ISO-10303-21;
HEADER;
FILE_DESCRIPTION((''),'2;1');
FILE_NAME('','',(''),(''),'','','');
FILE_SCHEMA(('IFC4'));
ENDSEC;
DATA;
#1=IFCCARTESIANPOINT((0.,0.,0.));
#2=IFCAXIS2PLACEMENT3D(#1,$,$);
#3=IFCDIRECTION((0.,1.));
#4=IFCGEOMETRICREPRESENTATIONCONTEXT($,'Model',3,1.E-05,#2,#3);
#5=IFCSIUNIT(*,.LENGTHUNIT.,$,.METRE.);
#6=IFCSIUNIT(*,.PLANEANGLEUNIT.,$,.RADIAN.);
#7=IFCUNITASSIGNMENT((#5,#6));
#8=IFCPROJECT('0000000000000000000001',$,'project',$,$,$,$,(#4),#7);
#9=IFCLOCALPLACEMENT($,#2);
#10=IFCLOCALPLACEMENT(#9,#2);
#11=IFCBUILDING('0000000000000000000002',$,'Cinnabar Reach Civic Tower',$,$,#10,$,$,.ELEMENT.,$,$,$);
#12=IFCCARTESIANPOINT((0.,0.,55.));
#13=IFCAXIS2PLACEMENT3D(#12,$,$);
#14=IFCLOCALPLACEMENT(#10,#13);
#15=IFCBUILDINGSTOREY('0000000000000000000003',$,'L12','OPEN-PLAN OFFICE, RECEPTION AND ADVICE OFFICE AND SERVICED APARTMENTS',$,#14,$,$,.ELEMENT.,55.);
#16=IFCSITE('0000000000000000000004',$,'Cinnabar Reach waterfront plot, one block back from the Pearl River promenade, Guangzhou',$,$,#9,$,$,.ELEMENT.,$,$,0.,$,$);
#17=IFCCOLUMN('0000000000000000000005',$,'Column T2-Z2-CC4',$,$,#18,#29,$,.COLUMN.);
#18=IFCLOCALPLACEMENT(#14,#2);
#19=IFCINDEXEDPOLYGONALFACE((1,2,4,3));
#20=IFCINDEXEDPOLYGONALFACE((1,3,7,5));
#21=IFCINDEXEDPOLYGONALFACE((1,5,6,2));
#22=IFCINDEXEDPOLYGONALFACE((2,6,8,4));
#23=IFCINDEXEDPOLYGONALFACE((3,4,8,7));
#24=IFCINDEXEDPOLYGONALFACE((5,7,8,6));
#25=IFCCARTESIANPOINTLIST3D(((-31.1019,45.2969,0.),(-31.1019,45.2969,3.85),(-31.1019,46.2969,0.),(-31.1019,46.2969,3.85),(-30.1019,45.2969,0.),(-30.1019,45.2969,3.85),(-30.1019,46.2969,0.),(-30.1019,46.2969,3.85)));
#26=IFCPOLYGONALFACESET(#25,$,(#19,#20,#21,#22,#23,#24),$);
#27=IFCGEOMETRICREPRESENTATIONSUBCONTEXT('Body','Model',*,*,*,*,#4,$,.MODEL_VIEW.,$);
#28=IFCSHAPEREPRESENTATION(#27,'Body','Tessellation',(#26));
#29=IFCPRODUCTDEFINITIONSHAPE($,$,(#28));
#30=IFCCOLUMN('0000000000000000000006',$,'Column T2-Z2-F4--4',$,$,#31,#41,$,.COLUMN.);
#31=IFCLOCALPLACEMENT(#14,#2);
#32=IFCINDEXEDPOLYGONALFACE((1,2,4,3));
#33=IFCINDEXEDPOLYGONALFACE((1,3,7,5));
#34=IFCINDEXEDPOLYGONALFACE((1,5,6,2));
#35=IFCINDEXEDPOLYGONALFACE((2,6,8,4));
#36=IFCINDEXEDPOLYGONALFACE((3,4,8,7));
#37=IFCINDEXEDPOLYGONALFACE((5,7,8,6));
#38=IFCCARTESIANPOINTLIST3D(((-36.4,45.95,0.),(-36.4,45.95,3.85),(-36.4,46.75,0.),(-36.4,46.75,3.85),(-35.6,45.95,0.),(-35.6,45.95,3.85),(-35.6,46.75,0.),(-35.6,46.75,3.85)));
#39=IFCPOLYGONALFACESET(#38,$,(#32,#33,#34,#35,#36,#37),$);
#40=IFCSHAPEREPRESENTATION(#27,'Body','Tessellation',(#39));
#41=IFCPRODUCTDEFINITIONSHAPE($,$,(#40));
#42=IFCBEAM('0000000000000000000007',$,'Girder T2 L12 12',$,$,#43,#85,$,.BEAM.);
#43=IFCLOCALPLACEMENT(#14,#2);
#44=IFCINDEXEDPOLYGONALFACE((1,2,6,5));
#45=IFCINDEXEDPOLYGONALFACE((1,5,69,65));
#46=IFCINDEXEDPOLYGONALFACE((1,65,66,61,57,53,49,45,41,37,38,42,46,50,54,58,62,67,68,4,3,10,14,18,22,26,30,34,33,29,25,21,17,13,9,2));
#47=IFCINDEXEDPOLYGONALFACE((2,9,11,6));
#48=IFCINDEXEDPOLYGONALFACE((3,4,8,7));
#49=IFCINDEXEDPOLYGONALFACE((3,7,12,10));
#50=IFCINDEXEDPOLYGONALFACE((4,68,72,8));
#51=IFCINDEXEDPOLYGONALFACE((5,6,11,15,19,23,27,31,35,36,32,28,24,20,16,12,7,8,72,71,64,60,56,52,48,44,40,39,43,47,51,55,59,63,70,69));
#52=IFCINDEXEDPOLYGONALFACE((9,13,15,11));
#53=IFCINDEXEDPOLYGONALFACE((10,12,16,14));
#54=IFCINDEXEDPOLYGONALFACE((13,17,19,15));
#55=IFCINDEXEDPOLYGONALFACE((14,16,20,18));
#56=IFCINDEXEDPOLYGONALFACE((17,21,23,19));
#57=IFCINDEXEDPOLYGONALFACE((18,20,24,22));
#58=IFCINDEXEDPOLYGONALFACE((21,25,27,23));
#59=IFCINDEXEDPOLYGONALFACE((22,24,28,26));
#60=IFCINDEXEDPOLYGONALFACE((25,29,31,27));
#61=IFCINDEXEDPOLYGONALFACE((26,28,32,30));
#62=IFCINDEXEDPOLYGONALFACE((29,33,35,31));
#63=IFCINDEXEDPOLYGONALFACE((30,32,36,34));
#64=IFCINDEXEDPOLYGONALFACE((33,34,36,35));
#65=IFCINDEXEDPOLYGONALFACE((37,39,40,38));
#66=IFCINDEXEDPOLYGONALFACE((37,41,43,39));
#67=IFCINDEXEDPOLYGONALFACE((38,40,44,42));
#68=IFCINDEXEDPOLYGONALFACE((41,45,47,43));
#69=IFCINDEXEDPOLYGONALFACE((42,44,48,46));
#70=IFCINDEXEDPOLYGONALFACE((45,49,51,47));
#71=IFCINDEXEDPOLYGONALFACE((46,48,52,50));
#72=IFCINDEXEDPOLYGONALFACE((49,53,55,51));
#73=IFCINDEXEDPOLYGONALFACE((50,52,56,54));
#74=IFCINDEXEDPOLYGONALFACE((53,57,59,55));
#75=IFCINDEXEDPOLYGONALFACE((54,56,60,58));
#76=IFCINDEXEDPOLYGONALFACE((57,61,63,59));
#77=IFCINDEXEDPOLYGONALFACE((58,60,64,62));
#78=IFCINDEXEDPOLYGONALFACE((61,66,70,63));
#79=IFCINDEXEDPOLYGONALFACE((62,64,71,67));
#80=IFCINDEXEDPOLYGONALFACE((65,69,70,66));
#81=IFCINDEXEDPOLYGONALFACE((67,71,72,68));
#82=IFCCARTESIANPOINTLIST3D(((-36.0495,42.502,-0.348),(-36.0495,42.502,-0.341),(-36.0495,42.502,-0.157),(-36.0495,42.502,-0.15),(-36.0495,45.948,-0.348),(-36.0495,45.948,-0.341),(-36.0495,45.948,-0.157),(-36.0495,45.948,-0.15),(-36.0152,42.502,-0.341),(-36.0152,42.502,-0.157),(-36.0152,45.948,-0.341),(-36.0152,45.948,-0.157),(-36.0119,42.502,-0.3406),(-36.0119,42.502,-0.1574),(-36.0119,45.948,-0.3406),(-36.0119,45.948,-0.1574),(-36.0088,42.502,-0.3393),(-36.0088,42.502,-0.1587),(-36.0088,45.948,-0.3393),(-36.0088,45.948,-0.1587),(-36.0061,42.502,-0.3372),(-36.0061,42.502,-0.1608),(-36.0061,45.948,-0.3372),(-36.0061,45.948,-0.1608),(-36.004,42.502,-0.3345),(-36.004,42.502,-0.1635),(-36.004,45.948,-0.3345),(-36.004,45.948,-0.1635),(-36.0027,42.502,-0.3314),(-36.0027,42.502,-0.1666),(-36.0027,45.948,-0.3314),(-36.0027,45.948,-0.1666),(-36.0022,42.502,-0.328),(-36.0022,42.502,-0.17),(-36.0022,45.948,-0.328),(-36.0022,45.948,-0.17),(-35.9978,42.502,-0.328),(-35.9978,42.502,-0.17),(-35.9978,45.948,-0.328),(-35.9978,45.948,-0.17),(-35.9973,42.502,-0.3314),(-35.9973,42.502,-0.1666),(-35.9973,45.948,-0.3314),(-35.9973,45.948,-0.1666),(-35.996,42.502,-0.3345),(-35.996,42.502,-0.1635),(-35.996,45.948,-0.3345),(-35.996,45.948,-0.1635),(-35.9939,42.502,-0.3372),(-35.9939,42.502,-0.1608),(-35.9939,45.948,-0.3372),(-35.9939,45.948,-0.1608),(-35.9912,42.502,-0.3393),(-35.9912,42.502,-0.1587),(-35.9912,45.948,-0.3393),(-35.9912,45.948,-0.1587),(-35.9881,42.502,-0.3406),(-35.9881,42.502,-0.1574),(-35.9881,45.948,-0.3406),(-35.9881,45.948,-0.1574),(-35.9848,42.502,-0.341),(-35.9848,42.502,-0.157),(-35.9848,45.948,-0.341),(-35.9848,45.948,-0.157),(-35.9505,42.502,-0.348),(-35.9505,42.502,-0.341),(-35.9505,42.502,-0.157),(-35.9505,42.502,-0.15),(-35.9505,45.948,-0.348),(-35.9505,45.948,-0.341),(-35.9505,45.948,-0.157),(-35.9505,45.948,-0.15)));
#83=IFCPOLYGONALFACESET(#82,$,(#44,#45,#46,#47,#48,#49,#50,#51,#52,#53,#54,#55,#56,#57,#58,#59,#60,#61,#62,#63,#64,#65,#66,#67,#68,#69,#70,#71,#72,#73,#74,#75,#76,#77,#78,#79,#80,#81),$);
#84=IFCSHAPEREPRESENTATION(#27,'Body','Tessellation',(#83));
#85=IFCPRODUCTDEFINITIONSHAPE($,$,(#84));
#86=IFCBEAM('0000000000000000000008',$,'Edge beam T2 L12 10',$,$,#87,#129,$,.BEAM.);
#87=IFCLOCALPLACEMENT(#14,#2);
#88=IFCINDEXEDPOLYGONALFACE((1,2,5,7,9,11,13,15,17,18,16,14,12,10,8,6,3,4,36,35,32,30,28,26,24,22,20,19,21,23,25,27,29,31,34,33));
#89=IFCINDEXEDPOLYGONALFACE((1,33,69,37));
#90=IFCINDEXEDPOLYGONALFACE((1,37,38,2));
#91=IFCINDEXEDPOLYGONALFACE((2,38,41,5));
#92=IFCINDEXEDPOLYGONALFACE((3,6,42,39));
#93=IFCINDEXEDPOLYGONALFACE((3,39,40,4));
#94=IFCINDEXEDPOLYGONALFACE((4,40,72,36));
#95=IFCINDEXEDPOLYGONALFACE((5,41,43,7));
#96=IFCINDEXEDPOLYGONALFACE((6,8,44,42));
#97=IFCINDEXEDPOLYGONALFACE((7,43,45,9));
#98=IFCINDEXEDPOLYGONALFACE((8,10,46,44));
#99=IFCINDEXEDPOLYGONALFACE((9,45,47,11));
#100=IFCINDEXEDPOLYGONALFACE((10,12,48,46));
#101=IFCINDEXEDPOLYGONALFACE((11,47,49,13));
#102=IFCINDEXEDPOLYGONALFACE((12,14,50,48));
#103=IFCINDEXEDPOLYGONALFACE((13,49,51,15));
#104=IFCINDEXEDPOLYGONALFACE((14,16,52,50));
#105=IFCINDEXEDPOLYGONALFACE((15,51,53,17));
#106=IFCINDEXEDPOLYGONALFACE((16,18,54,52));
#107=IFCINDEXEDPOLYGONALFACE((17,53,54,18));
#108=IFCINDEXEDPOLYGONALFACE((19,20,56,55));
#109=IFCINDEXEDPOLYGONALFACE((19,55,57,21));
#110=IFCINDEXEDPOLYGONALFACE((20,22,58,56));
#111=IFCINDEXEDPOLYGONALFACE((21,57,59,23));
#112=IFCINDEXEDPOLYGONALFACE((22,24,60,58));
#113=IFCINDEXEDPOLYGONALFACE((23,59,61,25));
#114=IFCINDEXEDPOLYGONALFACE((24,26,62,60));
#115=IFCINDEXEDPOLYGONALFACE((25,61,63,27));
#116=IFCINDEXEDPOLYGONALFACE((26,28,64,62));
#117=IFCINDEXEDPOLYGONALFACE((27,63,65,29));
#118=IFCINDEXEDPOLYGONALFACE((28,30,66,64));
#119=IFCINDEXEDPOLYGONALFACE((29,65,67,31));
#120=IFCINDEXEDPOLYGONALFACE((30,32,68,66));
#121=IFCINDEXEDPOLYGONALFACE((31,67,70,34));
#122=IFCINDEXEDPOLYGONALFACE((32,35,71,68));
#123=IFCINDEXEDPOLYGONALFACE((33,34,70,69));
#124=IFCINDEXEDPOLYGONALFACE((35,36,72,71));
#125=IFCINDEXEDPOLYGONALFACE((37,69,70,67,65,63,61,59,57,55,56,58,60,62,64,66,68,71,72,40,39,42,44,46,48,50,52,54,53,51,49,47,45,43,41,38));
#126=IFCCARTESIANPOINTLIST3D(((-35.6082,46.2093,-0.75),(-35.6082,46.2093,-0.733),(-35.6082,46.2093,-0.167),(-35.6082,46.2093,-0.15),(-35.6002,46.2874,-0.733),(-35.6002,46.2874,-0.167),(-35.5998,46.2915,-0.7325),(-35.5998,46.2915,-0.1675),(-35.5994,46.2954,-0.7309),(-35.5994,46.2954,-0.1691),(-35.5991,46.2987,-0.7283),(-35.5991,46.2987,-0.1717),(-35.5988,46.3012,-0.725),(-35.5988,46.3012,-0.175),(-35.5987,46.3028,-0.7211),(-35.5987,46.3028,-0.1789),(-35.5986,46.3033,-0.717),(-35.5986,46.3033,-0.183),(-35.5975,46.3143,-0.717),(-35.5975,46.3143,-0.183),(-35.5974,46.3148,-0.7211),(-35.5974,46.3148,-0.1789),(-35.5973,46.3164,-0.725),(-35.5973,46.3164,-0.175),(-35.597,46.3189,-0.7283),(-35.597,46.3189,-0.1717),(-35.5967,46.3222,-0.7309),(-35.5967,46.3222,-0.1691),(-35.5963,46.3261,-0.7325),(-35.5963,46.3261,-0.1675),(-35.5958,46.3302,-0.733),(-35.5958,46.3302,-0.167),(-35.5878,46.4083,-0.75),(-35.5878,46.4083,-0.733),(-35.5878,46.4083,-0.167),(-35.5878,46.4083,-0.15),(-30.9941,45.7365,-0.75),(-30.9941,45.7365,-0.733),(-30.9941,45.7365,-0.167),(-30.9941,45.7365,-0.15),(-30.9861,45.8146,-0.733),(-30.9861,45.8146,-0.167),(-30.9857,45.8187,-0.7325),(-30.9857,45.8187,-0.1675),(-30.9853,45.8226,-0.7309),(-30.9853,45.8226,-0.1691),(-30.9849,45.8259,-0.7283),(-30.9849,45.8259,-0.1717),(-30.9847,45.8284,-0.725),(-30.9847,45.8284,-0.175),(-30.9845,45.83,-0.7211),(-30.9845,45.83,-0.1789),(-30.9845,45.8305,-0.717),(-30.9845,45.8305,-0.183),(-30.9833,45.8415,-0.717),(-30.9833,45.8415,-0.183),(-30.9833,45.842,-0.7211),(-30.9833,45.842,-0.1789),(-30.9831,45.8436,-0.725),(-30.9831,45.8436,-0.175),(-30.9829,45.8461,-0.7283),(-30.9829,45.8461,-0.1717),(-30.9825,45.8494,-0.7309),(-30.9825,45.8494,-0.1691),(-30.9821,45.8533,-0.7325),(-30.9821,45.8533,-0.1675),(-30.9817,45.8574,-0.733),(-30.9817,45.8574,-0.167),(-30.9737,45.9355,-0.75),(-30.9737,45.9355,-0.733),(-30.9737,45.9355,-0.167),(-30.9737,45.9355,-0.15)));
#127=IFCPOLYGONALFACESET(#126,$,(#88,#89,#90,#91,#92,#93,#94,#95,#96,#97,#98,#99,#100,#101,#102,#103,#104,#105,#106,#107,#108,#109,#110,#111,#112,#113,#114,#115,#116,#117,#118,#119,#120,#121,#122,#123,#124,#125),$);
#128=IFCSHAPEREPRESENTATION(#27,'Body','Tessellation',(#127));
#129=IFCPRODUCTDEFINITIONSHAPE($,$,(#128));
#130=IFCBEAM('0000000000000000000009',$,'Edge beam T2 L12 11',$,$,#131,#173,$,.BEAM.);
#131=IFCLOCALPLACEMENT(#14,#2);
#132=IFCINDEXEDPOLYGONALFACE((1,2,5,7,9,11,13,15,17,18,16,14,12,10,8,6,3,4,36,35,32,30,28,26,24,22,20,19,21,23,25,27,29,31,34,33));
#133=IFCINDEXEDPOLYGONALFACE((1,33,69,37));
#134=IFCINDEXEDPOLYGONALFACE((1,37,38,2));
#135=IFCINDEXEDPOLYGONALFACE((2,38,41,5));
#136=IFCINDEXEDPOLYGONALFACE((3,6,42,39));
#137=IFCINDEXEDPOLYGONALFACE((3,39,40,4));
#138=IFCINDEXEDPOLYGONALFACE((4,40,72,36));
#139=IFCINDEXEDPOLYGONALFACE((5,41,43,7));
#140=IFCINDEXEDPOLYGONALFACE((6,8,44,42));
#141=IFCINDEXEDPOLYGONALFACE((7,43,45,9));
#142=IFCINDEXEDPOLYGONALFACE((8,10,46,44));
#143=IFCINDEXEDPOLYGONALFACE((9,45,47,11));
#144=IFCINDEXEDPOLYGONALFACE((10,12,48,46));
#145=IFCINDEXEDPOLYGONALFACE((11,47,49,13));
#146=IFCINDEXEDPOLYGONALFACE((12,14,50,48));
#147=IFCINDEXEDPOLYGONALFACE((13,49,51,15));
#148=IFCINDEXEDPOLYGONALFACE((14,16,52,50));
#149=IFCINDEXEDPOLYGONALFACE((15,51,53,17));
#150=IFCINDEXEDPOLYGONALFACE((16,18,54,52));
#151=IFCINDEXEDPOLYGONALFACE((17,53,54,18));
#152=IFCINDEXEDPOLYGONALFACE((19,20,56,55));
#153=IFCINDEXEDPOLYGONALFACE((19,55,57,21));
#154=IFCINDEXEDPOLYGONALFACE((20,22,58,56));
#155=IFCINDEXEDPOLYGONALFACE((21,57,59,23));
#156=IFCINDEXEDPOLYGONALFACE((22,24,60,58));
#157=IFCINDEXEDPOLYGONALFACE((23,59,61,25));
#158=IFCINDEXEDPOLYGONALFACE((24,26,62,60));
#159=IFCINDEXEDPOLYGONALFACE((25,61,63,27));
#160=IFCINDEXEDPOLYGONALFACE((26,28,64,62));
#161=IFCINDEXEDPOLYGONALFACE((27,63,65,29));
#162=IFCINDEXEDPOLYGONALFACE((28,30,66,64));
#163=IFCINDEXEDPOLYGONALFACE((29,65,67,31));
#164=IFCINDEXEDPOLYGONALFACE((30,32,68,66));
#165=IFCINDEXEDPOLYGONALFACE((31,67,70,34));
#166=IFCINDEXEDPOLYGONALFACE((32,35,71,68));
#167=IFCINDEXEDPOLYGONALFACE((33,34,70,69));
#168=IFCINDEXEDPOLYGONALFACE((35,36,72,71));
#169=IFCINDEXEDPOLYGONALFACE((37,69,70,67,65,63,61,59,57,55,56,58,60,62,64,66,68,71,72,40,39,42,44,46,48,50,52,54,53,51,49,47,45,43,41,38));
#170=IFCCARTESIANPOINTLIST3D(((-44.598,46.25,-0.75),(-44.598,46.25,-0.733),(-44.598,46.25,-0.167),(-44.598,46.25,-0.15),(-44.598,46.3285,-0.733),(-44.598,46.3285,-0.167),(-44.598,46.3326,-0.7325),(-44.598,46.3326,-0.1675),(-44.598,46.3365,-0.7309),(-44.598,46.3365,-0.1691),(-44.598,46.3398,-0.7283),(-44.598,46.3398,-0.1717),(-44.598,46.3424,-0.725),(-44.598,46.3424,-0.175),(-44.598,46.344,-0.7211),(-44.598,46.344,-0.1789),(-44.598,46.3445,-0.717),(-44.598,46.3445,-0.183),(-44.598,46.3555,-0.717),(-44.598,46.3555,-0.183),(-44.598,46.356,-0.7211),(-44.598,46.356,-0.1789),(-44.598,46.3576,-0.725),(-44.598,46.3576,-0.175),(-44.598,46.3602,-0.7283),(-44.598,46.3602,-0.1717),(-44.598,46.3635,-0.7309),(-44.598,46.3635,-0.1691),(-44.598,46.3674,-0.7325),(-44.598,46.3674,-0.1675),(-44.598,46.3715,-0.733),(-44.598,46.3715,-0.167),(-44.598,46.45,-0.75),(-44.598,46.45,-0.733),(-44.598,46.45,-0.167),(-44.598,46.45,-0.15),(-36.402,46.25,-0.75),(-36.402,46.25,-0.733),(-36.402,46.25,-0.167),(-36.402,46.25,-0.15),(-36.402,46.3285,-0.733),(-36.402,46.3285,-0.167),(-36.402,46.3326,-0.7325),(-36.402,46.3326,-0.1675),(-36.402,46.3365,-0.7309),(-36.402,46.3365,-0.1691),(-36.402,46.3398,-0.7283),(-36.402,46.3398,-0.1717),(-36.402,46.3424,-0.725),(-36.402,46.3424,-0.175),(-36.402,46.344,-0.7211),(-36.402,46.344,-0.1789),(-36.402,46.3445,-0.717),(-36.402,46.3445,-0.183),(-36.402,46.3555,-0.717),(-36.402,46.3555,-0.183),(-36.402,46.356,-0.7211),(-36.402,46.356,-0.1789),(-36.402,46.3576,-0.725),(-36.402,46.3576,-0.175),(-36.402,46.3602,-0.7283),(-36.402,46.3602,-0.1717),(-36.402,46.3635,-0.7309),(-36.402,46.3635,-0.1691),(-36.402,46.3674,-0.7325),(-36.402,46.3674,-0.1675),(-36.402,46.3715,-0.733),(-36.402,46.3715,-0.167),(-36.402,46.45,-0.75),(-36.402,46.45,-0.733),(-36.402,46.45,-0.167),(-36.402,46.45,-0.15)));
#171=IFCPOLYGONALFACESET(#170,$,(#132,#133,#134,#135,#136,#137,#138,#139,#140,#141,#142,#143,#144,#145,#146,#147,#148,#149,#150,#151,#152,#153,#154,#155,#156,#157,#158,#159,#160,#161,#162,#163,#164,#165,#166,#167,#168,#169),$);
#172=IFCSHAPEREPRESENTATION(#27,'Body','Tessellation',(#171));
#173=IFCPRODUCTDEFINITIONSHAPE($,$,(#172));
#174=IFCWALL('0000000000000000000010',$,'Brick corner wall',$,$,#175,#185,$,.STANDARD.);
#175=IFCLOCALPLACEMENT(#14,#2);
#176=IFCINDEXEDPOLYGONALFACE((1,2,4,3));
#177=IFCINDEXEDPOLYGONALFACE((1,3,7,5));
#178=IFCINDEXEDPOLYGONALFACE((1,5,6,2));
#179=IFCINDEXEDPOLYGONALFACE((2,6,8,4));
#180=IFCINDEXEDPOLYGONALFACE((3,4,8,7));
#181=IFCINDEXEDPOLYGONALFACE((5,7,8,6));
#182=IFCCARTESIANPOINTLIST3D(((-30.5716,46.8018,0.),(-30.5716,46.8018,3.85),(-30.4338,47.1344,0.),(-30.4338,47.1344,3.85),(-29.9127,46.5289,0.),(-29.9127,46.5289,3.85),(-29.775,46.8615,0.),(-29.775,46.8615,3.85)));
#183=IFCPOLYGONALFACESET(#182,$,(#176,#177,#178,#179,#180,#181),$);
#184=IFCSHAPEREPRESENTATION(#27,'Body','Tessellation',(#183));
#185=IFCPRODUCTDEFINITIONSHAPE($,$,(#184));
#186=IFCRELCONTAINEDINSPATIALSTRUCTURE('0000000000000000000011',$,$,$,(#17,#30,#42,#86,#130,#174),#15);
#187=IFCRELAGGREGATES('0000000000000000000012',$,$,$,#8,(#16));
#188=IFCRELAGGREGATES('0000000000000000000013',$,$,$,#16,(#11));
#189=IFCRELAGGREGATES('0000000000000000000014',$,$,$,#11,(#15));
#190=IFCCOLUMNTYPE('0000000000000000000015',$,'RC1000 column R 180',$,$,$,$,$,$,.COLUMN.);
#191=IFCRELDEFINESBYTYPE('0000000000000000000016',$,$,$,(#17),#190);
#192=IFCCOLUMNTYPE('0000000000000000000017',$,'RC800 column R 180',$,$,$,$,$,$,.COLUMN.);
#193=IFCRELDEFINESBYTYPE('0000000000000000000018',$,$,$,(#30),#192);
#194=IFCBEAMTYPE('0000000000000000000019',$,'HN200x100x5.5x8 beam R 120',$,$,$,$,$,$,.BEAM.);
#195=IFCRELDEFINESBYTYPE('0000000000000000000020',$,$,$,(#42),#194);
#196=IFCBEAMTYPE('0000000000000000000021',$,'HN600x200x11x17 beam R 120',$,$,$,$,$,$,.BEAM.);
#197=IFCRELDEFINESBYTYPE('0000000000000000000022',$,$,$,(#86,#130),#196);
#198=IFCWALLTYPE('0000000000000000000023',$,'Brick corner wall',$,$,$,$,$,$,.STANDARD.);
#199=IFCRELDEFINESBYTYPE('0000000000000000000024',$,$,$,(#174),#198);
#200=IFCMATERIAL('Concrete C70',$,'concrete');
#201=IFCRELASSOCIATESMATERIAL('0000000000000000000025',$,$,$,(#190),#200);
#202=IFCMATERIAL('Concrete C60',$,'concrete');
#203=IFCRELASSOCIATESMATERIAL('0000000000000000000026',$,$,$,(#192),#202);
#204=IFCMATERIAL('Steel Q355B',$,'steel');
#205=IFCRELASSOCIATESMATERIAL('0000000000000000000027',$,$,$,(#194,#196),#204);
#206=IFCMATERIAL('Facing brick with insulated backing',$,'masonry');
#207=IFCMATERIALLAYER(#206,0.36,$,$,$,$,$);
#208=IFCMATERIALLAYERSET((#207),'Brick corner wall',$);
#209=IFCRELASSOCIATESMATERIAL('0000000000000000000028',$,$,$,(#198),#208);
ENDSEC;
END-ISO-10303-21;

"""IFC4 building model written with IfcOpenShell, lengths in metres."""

from ifc_helpers import new_model, si_unit, direction, frame, frame_2d, origin, origin_2d, place, context, subcontext, project, spatial, rectangle, i_section, extrude, material, layer, layer_set, material_profile, profile_set, type_object, element, save


model = new_model("IFC4")

# Units and contexts
model_context = context("Model", 3, precision=1e-05, world=origin(), true_north=direction((0.0, 1.0)))
body_context = subcontext(model_context, "Body", "Model", "MODEL_VIEW")
ifc_project = project(units=[si_unit("LENGTHUNIT", "METRE"), si_unit("PLANEANGLEUNIT", "RADIAN")], contexts=[model_context])

# Site, building, storey
site_placement = place(None, origin())
site = spatial("IfcSite", under=ifc_project, at=site_placement, Name="Cinnabar Reach waterfront plot, one block back from the Pearl River promenade, Guangzhou", CompositionType="ELEMENT", RefElevation=0.0)
building_placement = place(site_placement, origin())
building = spatial("IfcBuilding", under=site, at=building_placement, Name="Cinnabar Reach Civic Tower", CompositionType="ELEMENT")
storey_placement = place(building_placement, frame((0.0, 0.0, 55.0)))
storey = spatial("IfcBuildingStorey", under=building, at=storey_placement, Name="L12", Description="OPEN-PLAN OFFICE, RECEPTION AND ADVICE OFFICE AND SERVICED APARTMENTS", CompositionType="ELEMENT", Elevation=55.0)

# Columns
ifc_material_1 = material(Name="Concrete C70", Category="concrete")
ifc_material_profile_1 = material_profile(ifc_material_1, rectangle(XDim=1.0, YDim=1.0, at=origin_2d()), Name="RC1000")
ifc_profile_set_1 = profile_set([ifc_material_profile_1], Name="Concrete C70")
column_type_1 = type_object("IfcColumnType", Name="RC1000 column R 180", PredefinedType="COLUMN", material=ifc_profile_set_1)
column_1_placement = place(storey_placement, frame((-30.6019, 45.7969, 0.0), z_axis=(0.0, 0.0, 1.0), x_axis=(1.0, 0.0, 0.0)))
element("IfcColumn", 1, at=column_1_placement, inside=storey, type_object=column_type_1, Name="Column T2-Z2-CC4", PredefinedType="COLUMN", context=body_context, shape_type="SweptSolid", body=[
    extrude(rectangle(XDim=1.0, YDim=1.0, at=origin_2d()), origin(), (0.0, 0.0, 1.0), 3.85),
])
ifc_material_2 = material(Name="Concrete C60", Category="concrete")
ifc_material_profile_2 = material_profile(ifc_material_2, rectangle(XDim=0.8, YDim=0.8, at=origin_2d()), Name="RC800")
ifc_profile_set_2 = profile_set([ifc_material_profile_2], Name="Concrete C60")
column_type_2 = type_object("IfcColumnType", Name="RC800 column R 180", PredefinedType="COLUMN", material=ifc_profile_set_2)
column_2_placement = place(storey_placement, frame((-36.0, 46.35, 0.0), z_axis=(0.0, 0.0, 1.0), x_axis=(1.0, 0.0, 0.0)))
element("IfcColumn", 2, at=column_2_placement, inside=storey, type_object=column_type_2, Name="Column T2-Z2-F4--4", PredefinedType="COLUMN", context=body_context, shape_type="SweptSolid", body=[
    extrude(rectangle(XDim=0.8, YDim=0.8, at=origin_2d()), origin(), (0.0, 0.0, 1.0), 3.85),
])

# Beams
ifc_material_3 = material(Name="Steel Q355B", Category="steel")
ifc_material_profile_3 = material_profile(ifc_material_3, i_section(OverallWidth=0.099, OverallDepth=0.198, WebThickness=0.0045, FlangeThickness=0.007, FilletRadius=0.013, at=origin_2d()), Name="HN200x100x5.5x8")
ifc_profile_set_3 = profile_set([ifc_material_profile_3], Name="Steel Q355B")
beam_type_1 = type_object("IfcBeamType", Name="HN200x100x5.5x8 beam R 120", PredefinedType="BEAM", material=ifc_profile_set_3)
beam_1_placement = place(storey_placement, frame((-36.0, 42.502, -0.249), z_axis=(0.0, 1.0, 0.0), x_axis=(-1.0, 0.0, 0.0)))
element("IfcBeam", 3, at=beam_1_placement, inside=storey, type_object=beam_type_1, Name="Girder T2 L12 12", PredefinedType="BEAM", context=body_context, shape_type="SweptSolid", body=[
    extrude(i_section(OverallWidth=0.099, OverallDepth=0.198, WebThickness=0.0045, FlangeThickness=0.007, FilletRadius=0.013, at=origin_2d()), origin(), (0.0, 0.0, 1.0), 3.446),
])
ifc_material_profile_4 = material_profile(ifc_material_3, i_section(OverallWidth=0.2, OverallDepth=0.6, WebThickness=0.011, FlangeThickness=0.017, FilletRadius=0.016, at=origin_2d()), Name="HN600x200x11x17")
ifc_profile_set_4 = profile_set([ifc_material_profile_4], Name="Steel Q355B")
beam_type_2 = type_object("IfcBeamType", Name="HN600x200x11x17 beam R 120", PredefinedType="BEAM", material=ifc_profile_set_4)
beam_2_placement = place(storey_placement, frame((-30.9839, 45.836, -0.45), z_axis=(-0.994791, 0.101935, 0.0), x_axis=(-0.101935, -0.994791, 0.0)))
element("IfcBeam", 4, at=beam_2_placement, inside=storey, type_object=beam_type_2, Name="Edge beam T2 L12 10", PredefinedType="BEAM", context=body_context, shape_type="SweptSolid", body=[
    extrude(i_section(OverallWidth=0.2, OverallDepth=0.6, WebThickness=0.011, FlangeThickness=0.017, FilletRadius=0.016, at=origin_2d()), origin(), (0.0, 0.0, 1.0), 4.6383),
])
beam_3_placement = place(storey_placement, frame((-36.402, 46.35, -0.45), z_axis=(-1.0, 0.0, 0.0), x_axis=(0.0, -1.0, 0.0)))
element("IfcBeam", 5, at=beam_3_placement, inside=storey, type_object=beam_type_2, Name="Edge beam T2 L12 11", PredefinedType="BEAM", context=body_context, shape_type="SweptSolid", body=[
    extrude(i_section(OverallWidth=0.2, OverallDepth=0.6, WebThickness=0.011, FlangeThickness=0.017, FilletRadius=0.016, at=origin_2d()), origin(), (0.0, 0.0, 1.0), 8.196),
])

# Wall
ifc_material_4 = material(Name="Facing brick with insulated backing", Category="masonry")
ifc_layer_1 = layer(ifc_material_4, 0.36)
ifc_layer_set_1 = layer_set([ifc_layer_1], Name="Brick corner wall")
wall_type_1 = type_object("IfcWallType", Name="Brick corner wall", PredefinedType="STANDARD", material=ifc_layer_set_1)
for number, where, z_axis, x_axis, name in (
    (6, (-29.8439, 46.6952, 0.0), (0.0, 0.0, 1.0), (-0.923872, 0.382703, 0.0), "Brick corner wall"),
):
    element("IfcWall", number, at=place(storey_placement, frame(where, z_axis=z_axis, x_axis=x_axis)), inside=storey, type_object=wall_type_1, Name=name, PredefinedType="STANDARD", context=body_context, shape_type="SweptSolid", body=[
        extrude(rectangle(XDim=0.7131, YDim=0.36, at=frame_2d((0.3565, 0.0))), origin(), (0.0, 0.0, 1.0), 3.85),
    ])

save(model, "model.ifc")
